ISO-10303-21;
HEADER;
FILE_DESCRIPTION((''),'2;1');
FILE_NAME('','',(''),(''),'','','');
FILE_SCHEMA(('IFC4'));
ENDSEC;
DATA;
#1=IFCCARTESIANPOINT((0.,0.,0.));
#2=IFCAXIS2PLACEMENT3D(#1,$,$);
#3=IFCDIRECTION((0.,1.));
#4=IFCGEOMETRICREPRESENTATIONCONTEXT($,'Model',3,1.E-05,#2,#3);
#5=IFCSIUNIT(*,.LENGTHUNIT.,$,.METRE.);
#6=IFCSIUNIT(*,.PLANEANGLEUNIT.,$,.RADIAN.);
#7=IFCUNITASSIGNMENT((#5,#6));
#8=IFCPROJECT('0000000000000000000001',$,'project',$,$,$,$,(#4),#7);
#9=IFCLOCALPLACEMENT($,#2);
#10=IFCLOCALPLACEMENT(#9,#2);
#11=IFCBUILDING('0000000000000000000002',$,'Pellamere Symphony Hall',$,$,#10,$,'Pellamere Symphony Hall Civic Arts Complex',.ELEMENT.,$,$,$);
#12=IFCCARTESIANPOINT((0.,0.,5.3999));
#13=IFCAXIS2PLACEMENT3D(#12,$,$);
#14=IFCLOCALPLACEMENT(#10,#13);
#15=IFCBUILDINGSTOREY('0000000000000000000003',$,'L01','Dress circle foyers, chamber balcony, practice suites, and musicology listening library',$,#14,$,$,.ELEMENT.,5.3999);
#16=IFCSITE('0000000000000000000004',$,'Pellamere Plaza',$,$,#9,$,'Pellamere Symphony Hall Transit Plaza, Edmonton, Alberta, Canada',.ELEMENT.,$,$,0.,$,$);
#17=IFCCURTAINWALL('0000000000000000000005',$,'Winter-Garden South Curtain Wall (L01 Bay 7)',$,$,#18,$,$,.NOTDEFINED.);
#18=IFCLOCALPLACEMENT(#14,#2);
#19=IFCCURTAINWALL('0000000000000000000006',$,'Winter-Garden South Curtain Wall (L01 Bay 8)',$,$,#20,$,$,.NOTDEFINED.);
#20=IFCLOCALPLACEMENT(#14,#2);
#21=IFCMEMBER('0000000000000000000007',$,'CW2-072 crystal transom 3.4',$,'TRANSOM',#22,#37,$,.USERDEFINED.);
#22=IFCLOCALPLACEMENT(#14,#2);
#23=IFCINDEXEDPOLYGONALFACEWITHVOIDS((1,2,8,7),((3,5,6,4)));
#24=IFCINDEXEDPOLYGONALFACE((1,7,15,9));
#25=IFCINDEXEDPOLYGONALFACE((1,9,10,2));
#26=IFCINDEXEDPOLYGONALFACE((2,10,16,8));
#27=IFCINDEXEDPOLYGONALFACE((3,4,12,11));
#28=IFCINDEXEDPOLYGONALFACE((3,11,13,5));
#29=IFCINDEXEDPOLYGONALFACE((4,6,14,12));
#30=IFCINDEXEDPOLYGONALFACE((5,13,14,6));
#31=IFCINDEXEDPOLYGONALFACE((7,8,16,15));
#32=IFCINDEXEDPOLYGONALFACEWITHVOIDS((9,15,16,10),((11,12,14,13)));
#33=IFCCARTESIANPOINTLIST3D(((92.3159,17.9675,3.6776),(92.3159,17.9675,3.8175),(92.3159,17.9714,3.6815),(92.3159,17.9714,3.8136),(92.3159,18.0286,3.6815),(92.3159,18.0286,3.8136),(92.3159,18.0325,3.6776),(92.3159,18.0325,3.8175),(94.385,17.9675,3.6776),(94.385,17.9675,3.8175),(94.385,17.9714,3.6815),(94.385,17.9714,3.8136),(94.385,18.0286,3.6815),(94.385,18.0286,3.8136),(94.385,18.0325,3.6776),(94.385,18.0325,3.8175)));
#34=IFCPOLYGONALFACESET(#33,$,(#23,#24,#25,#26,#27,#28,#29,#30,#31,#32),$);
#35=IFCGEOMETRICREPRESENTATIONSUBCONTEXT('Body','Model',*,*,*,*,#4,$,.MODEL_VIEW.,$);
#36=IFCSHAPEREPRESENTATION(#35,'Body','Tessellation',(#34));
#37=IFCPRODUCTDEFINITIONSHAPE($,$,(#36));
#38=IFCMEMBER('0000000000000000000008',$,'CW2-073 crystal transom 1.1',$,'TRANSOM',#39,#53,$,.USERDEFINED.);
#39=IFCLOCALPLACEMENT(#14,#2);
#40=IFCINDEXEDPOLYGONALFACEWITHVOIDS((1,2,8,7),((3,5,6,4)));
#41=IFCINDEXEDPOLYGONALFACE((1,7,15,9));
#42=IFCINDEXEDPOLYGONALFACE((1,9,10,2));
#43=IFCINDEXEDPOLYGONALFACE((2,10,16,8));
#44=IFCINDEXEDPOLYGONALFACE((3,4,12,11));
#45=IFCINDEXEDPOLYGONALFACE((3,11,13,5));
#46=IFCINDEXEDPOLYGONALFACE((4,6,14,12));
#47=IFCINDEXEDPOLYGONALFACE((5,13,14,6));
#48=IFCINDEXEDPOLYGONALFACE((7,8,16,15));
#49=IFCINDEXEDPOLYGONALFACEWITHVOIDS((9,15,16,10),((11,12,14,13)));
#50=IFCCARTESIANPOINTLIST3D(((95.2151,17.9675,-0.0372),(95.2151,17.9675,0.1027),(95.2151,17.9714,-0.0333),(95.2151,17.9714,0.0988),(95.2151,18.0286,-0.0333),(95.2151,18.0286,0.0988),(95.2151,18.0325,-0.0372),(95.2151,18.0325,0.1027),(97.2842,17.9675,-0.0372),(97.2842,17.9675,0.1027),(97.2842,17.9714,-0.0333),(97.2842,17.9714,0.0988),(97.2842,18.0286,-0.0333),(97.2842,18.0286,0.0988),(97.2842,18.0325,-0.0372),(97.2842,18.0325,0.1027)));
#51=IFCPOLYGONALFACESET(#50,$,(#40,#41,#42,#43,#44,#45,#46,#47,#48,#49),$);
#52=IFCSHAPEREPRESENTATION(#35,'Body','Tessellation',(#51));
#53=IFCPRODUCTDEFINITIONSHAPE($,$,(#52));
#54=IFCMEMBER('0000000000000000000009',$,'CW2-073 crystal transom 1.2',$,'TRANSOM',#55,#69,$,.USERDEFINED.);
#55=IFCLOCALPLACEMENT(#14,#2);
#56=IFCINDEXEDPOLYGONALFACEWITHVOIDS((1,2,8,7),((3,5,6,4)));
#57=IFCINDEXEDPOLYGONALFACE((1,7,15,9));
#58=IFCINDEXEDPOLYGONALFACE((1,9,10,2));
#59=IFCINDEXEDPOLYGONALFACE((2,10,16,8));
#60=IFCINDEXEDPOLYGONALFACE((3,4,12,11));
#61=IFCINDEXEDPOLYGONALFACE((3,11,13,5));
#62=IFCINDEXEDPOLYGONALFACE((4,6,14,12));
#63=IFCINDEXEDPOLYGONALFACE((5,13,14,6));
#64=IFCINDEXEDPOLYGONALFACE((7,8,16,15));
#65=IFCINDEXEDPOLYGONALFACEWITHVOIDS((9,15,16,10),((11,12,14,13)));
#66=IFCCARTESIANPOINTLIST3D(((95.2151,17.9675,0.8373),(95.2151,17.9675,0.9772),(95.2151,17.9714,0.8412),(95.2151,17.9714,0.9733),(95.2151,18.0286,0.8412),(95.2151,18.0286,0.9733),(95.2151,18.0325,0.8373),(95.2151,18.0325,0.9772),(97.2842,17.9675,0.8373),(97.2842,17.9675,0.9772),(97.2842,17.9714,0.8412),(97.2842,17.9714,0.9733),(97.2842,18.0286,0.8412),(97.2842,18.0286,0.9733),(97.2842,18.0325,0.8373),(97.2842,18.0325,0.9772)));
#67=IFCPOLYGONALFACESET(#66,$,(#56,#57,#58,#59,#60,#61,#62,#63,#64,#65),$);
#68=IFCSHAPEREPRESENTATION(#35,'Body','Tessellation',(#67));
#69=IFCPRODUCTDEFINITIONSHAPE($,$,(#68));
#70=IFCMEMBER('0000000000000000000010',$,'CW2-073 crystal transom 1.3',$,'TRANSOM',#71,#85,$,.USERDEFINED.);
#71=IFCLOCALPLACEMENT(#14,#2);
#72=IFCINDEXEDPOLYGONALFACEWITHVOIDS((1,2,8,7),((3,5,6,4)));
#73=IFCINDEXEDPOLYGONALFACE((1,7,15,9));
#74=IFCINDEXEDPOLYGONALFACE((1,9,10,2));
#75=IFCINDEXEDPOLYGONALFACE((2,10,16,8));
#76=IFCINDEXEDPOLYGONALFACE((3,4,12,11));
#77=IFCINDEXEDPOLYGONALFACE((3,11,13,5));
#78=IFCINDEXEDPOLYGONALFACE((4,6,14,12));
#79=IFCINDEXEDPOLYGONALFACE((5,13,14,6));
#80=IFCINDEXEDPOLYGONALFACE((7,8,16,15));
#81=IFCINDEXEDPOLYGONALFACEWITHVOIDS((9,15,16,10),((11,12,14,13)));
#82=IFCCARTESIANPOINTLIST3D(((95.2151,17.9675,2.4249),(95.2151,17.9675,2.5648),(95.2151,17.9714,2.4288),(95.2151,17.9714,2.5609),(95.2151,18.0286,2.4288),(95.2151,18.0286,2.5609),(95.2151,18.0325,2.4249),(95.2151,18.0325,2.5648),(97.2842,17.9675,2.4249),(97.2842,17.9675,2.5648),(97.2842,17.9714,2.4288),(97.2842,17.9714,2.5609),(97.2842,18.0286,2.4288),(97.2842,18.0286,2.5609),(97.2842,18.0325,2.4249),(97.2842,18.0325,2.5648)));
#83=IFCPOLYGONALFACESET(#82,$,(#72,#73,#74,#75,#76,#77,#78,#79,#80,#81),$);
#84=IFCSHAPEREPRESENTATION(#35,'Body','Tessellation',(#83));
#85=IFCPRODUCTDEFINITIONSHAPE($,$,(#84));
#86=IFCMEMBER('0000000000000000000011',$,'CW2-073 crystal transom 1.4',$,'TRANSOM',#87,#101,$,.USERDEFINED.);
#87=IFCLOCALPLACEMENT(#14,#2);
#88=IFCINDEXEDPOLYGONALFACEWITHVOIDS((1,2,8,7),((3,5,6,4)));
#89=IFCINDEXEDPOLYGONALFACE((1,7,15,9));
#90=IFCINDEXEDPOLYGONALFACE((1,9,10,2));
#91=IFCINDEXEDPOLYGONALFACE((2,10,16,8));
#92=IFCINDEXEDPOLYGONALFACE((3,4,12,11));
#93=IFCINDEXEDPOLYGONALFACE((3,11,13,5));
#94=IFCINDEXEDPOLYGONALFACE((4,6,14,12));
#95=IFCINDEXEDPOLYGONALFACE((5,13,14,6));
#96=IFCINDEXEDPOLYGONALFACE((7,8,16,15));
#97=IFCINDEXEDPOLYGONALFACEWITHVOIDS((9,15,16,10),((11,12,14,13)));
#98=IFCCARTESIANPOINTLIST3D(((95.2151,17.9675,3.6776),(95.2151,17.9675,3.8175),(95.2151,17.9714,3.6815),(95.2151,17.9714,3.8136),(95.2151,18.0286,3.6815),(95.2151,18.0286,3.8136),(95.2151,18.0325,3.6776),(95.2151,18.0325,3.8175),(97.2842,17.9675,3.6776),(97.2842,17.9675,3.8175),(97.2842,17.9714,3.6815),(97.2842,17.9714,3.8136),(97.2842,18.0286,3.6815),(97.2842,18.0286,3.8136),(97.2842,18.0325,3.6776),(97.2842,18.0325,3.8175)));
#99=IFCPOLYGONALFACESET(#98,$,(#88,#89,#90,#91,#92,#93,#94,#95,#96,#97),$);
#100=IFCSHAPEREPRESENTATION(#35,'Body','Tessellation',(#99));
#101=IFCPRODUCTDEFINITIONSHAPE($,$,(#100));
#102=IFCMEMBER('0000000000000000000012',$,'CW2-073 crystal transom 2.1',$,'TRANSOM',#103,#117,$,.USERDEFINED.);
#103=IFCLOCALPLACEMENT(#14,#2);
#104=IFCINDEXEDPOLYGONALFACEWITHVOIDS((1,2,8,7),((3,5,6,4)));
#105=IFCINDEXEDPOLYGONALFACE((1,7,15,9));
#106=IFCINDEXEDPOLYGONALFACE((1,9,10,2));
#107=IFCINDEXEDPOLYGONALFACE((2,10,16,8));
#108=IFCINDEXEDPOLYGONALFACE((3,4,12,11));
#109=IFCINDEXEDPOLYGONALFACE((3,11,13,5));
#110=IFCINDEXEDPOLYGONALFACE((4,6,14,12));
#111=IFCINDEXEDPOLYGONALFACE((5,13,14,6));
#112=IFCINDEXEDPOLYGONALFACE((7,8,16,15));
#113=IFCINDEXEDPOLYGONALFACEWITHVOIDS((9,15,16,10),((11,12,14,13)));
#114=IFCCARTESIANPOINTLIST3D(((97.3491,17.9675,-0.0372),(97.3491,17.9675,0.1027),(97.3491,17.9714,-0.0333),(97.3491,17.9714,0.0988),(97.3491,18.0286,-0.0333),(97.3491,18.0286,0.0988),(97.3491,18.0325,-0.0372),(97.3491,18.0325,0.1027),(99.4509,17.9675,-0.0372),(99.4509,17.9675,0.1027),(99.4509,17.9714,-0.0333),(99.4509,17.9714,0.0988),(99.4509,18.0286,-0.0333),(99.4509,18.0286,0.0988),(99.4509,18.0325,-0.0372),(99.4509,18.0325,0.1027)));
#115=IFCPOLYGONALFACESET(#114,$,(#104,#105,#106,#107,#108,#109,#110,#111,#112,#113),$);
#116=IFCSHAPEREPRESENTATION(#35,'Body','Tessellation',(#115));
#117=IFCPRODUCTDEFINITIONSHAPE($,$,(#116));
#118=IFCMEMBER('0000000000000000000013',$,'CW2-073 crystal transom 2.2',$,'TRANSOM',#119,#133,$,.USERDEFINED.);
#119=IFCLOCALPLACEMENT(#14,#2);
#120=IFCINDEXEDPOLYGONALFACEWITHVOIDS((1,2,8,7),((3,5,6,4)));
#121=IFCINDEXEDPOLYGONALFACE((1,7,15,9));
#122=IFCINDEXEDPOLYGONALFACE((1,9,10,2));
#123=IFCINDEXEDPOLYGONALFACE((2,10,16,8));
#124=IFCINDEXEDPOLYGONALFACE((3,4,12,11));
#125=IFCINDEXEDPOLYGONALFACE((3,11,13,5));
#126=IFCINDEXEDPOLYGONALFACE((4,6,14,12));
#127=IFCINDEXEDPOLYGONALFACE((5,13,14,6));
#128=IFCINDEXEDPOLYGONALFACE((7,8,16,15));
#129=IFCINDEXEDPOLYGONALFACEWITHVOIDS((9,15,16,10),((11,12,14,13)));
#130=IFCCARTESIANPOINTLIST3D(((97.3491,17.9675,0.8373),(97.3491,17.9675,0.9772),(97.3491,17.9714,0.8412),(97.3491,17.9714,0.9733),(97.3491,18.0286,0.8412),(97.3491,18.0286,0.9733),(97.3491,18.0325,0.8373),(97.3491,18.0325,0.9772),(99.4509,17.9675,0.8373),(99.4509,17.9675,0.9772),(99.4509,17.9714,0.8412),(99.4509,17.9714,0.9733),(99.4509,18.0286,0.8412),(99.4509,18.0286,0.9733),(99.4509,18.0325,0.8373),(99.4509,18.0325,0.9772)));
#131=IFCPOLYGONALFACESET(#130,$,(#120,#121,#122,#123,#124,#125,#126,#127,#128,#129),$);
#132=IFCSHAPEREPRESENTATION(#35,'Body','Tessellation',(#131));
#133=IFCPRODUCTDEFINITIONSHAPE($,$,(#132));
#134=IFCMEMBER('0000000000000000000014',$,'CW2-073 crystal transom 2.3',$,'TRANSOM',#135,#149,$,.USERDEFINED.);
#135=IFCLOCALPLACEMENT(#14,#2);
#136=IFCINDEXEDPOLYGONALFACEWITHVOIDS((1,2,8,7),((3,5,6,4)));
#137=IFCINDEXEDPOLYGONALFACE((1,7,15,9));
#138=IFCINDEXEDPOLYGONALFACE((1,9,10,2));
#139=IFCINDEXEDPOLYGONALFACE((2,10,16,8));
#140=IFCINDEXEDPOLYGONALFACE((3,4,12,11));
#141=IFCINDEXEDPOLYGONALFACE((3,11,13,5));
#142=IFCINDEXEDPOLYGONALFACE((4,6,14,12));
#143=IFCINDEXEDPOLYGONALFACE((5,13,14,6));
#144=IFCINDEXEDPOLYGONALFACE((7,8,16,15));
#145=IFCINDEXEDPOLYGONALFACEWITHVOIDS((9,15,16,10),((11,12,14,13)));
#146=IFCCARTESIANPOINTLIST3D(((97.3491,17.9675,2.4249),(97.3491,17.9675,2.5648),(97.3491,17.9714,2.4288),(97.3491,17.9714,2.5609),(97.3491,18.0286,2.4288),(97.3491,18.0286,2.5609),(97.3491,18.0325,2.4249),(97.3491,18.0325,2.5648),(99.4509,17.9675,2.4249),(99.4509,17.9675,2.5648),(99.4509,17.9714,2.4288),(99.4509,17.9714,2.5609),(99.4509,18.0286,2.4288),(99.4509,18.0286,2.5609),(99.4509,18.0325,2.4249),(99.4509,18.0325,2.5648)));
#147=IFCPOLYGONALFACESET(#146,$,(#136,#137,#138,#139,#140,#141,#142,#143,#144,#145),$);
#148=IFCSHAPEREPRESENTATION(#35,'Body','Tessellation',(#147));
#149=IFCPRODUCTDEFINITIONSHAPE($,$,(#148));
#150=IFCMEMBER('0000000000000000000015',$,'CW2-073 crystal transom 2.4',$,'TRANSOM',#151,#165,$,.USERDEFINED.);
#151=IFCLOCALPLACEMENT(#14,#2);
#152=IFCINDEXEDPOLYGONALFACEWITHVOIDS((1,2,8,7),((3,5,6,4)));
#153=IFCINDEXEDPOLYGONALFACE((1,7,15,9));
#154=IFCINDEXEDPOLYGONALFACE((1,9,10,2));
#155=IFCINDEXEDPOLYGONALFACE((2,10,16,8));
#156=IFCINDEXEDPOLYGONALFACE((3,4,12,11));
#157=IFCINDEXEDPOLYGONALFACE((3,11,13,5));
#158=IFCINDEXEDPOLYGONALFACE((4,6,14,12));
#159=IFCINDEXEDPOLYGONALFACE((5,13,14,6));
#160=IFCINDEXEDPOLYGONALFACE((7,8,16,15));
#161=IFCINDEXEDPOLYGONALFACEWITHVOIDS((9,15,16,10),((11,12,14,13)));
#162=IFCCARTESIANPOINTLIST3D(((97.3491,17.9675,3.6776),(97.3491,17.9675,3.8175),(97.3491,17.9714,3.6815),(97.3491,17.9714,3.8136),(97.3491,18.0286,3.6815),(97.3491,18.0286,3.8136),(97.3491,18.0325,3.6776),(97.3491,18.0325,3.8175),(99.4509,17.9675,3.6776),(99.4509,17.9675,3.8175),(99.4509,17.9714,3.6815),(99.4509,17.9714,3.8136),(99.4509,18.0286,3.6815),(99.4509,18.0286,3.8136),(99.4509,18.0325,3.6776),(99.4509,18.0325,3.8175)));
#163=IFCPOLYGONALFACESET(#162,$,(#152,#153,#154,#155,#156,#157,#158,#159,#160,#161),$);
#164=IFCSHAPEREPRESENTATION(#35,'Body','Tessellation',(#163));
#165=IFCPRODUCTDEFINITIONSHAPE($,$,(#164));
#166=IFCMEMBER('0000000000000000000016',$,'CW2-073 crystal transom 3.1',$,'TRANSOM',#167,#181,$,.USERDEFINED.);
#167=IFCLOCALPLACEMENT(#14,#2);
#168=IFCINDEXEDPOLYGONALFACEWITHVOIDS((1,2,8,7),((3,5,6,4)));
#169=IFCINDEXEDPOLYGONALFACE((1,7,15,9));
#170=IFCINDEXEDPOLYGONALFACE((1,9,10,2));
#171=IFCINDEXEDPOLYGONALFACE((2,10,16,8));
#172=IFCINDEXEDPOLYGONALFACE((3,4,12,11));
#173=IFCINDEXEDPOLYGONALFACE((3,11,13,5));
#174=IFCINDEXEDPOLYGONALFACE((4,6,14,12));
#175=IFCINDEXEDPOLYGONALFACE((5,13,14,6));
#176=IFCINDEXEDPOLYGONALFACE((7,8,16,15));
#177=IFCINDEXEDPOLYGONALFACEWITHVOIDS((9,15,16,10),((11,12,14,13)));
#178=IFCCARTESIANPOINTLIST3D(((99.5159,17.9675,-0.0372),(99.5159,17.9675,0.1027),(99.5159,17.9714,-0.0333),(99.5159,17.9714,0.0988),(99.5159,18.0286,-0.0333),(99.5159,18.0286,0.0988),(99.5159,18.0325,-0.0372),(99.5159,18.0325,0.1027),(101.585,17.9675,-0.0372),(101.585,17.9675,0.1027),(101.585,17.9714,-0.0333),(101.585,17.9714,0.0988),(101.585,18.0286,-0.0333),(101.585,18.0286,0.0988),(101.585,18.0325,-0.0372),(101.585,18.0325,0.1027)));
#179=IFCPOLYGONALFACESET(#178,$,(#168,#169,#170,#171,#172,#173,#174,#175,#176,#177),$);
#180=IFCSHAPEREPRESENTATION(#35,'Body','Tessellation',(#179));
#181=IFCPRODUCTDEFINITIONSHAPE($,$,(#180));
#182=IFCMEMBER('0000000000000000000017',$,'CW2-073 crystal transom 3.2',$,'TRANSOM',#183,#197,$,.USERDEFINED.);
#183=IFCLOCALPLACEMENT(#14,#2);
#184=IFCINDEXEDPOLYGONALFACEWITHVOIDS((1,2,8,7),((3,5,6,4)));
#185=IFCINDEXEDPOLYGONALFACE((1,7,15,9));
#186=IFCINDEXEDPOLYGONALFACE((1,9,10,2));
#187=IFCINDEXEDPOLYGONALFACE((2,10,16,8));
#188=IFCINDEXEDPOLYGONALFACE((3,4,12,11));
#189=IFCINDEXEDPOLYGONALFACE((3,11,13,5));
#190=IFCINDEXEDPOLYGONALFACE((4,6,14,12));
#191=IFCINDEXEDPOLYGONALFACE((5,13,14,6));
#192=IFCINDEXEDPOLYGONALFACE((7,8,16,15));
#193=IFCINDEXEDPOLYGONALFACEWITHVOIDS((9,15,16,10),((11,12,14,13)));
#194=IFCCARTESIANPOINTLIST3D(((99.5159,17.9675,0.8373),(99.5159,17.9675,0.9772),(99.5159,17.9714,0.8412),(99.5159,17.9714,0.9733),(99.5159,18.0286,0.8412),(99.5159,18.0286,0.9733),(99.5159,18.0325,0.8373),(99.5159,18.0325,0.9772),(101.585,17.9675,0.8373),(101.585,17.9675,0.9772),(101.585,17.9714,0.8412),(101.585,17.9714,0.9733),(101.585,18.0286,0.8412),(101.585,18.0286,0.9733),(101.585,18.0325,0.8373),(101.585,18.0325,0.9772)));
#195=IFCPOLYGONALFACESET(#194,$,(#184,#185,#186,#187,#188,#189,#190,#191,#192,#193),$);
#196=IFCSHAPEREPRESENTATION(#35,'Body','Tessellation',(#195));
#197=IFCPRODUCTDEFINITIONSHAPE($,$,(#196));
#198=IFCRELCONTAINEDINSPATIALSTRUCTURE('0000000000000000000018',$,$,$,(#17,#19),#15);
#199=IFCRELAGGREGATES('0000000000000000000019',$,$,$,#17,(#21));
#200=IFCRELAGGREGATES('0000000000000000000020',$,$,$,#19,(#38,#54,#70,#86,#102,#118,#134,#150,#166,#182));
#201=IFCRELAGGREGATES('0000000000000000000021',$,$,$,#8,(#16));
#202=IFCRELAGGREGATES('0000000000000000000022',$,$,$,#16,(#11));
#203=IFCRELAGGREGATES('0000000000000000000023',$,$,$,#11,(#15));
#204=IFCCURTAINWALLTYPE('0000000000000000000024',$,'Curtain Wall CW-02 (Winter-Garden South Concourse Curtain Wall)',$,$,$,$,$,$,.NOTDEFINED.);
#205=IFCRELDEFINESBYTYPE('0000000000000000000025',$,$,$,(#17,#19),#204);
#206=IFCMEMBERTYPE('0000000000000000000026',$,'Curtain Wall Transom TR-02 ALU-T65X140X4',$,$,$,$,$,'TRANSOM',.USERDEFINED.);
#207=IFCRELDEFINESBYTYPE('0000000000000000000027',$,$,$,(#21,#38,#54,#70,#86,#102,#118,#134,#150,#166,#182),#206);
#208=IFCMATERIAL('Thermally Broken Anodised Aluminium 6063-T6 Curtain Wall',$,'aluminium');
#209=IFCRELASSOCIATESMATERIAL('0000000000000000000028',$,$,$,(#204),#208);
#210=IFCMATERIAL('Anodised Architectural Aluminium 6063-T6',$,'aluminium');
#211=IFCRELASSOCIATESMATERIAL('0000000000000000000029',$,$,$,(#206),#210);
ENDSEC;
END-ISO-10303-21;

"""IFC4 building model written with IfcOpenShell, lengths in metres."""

from ifc_helpers import new_model, si_unit, direction, frame, origin, origin_2d, place, context, subcontext, project, spatial, hollow_rectangle, extrude, material, material_profile, profile_set, type_object, element, aggregate, save


model = new_model("IFC4")

# Units and contexts
model_context = context("Model", 3, precision=1e-05, world=origin(), true_north=direction((0.0, 1.0)))
body_context = subcontext(model_context, "Body", "Model", "MODEL_VIEW")
ifc_project = project(units=[si_unit("LENGTHUNIT", "METRE"), si_unit("PLANEANGLEUNIT", "RADIAN")], contexts=[model_context])

# Site, building, storey
site_placement = place(None, origin())
site = spatial("IfcSite", under=ifc_project, at=site_placement, Name="Pellamere Plaza", LongName="Pellamere Symphony Hall Transit Plaza, Edmonton, Alberta, Canada", CompositionType="ELEMENT", RefElevation=0.0)
building_placement = place(site_placement, origin())
building = spatial("IfcBuilding", under=site, at=building_placement, Name="Pellamere Symphony Hall", LongName="Pellamere Symphony Hall Civic Arts Complex", CompositionType="ELEMENT")
storey_placement = place(building_placement, frame((0.0, 0.0, 5.3999)))
storey = spatial("IfcBuildingStorey", under=building, at=storey_placement, Name="L01", Description="Dress circle foyers, chamber balcony, practice suites, and musicology listening library", CompositionType="ELEMENT", Elevation=5.3999)

# Curtain walls
ifc_material_1 = material(Name="Thermally Broken Anodised Aluminium 6063-T6 Curtain Wall", Category="aluminium")
curtain_wall_type = type_object("IfcCurtainWallType", Name="Curtain Wall CW-02 (Winter-Garden South Concourse Curtain Wall)", PredefinedType="NOTDEFINED", material=ifc_material_1)
curtain_wall_1_placement = place(storey_placement, origin())
curtain_wall_1 = element("IfcCurtainWall", 1, at=curtain_wall_1_placement, inside=storey, type_object=curtain_wall_type, Name="Winter-Garden South Curtain Wall (L01 Bay 7)", PredefinedType="NOTDEFINED")
ifc_material_2 = material(Name="Anodised Architectural Aluminium 6063-T6", Category="aluminium")
curtain_wall_2_placement = place(storey_placement, origin())
curtain_wall_2 = element("IfcCurtainWall", 2, at=curtain_wall_2_placement, inside=storey, type_object=curtain_wall_type, Name="Winter-Garden South Curtain Wall (L01 Bay 8)", PredefinedType="NOTDEFINED")

# Members
ifc_material_profile_1 = material_profile(ifc_material_2, hollow_rectangle(XDim=0.0649, YDim=0.1399, WallThickness=0.0039, at=origin_2d()), Name="ALU-T65X140X4")
ifc_profile_set_1 = profile_set([ifc_material_profile_1], Name="Anodised Architectural Aluminium 6063-T6")
member_type_1 = type_object("IfcMemberType", Name="Curtain Wall Transom TR-02 ALU-T65X140X4", ElementType="TRANSOM", PredefinedType="USERDEFINED", material=ifc_profile_set_1)
member_1_placement = place(storey_placement, frame((92.3159, 18.0, 3.7476), z_axis=(1.0, 0.0, 0.0), x_axis=(0.0, 1.0, 0.0)))
member_1 = element("IfcMember", 3, at=member_1_placement, type_object=member_type_1, Name="CW2-072 crystal transom 3.4", ObjectType="TRANSOM", PredefinedType="USERDEFINED", context=body_context, shape_type="SweptSolid", body=[
    extrude(hollow_rectangle(XDim=0.0649, YDim=0.1399, WallThickness=0.0039, at=origin_2d()), origin(), (0.0, 0.0, 1.0), 2.0691),
])
member_2_placement = place(storey_placement, frame((95.2151, 18.0, 0.0327), z_axis=(1.0, 0.0, 0.0), x_axis=(0.0, 1.0, 0.0)))
member_2 = element("IfcMember", 4, at=member_2_placement, type_object=member_type_1, Name="CW2-073 crystal transom 1.1", ObjectType="TRANSOM", PredefinedType="USERDEFINED", context=body_context, shape_type="SweptSolid", body=[
    extrude(hollow_rectangle(XDim=0.0649, YDim=0.1399, WallThickness=0.0039, at=origin_2d()), origin(), (0.0, 0.0, 1.0), 2.0691),
])
member_3_placement = place(storey_placement, frame((95.2151, 18.0, 0.9072), z_axis=(1.0, 0.0, 0.0), x_axis=(0.0, 1.0, 0.0)))
member_3 = element("IfcMember", 5, at=member_3_placement, type_object=member_type_1, Name="CW2-073 crystal transom 1.2", ObjectType="TRANSOM", PredefinedType="USERDEFINED", context=body_context, shape_type="SweptSolid", body=[
    extrude(hollow_rectangle(XDim=0.0649, YDim=0.1399, WallThickness=0.0039, at=origin_2d()), origin(), (0.0, 0.0, 1.0), 2.0691),
])
member_4_placement = place(storey_placement, frame((95.2151, 18.0, 2.4949), z_axis=(1.0, 0.0, 0.0), x_axis=(0.0, 1.0, 0.0)))
member_4 = element("IfcMember", 6, at=member_4_placement, type_object=member_type_1, Name="CW2-073 crystal transom 1.3", ObjectType="TRANSOM", PredefinedType="USERDEFINED", context=body_context, shape_type="SweptSolid", body=[
    extrude(hollow_rectangle(XDim=0.0649, YDim=0.1399, WallThickness=0.0039, at=origin_2d()), origin(), (0.0, 0.0, 1.0), 2.0691),
])
member_5_placement = place(storey_placement, frame((95.2151, 18.0, 3.7476), z_axis=(1.0, 0.0, 0.0), x_axis=(0.0, 1.0, 0.0)))
member_5 = element("IfcMember", 7, at=member_5_placement, type_object=member_type_1, Name="CW2-073 crystal transom 1.4", ObjectType="TRANSOM", PredefinedType="USERDEFINED", context=body_context, shape_type="SweptSolid", body=[
    extrude(hollow_rectangle(XDim=0.0649, YDim=0.1399, WallThickness=0.0039, at=origin_2d()), origin(), (0.0, 0.0, 1.0), 2.0691),
])
member_6_placement = place(storey_placement, frame((97.3491, 18.0, 0.0327), z_axis=(1.0, 0.0, 0.0), x_axis=(0.0, 1.0, 0.0)))
member_6 = element("IfcMember", 8, at=member_6_placement, type_object=member_type_1, Name="CW2-073 crystal transom 2.1", ObjectType="TRANSOM", PredefinedType="USERDEFINED", context=body_context, shape_type="SweptSolid", body=[
    extrude(hollow_rectangle(XDim=0.0649, YDim=0.1399, WallThickness=0.0039, at=origin_2d()), origin(), (0.0, 0.0, 1.0), 2.1018),
])
member_7_placement = place(storey_placement, frame((97.3491, 18.0, 0.9072), z_axis=(1.0, 0.0, 0.0), x_axis=(0.0, 1.0, 0.0)))
member_7 = element("IfcMember", 9, at=member_7_placement, type_object=member_type_1, Name="CW2-073 crystal transom 2.2", ObjectType="TRANSOM", PredefinedType="USERDEFINED", context=body_context, shape_type="SweptSolid", body=[
    extrude(hollow_rectangle(XDim=0.0649, YDim=0.1399, WallThickness=0.0039, at=origin_2d()), origin(), (0.0, 0.0, 1.0), 2.1018),
])
member_8_placement = place(storey_placement, frame((97.3491, 18.0, 2.4949), z_axis=(1.0, 0.0, 0.0), x_axis=(0.0, 1.0, 0.0)))
member_8 = element("IfcMember", 10, at=member_8_placement, type_object=member_type_1, Name="CW2-073 crystal transom 2.3", ObjectType="TRANSOM", PredefinedType="USERDEFINED", context=body_context, shape_type="SweptSolid", body=[
    extrude(hollow_rectangle(XDim=0.0649, YDim=0.1399, WallThickness=0.0039, at=origin_2d()), origin(), (0.0, 0.0, 1.0), 2.1018),
])
member_9_placement = place(storey_placement, frame((97.3491, 18.0, 3.7476), z_axis=(1.0, 0.0, 0.0), x_axis=(0.0, 1.0, 0.0)))
member_9 = element("IfcMember", 11, at=member_9_placement, type_object=member_type_1, Name="CW2-073 crystal transom 2.4", ObjectType="TRANSOM", PredefinedType="USERDEFINED", context=body_context, shape_type="SweptSolid", body=[
    extrude(hollow_rectangle(XDim=0.0649, YDim=0.1399, WallThickness=0.0039, at=origin_2d()), origin(), (0.0, 0.0, 1.0), 2.1018),
])
member_10_placement = place(storey_placement, frame((99.5159, 18.0, 0.0327), z_axis=(1.0, 0.0, 0.0), x_axis=(0.0, 1.0, 0.0)))
member_10 = element("IfcMember", 12, at=member_10_placement, type_object=member_type_1, Name="CW2-073 crystal transom 3.1", ObjectType="TRANSOM", PredefinedType="USERDEFINED", context=body_context, shape_type="SweptSolid", body=[
    extrude(hollow_rectangle(XDim=0.0649, YDim=0.1399, WallThickness=0.0039, at=origin_2d()), origin(), (0.0, 0.0, 1.0), 2.0691),
])
member_11_placement = place(storey_placement, frame((99.5159, 18.0, 0.9072), z_axis=(1.0, 0.0, 0.0), x_axis=(0.0, 1.0, 0.0)))
member_11 = element("IfcMember", 13, at=member_11_placement, type_object=member_type_1, Name="CW2-073 crystal transom 3.2", ObjectType="TRANSOM", PredefinedType="USERDEFINED", context=body_context, shape_type="SweptSolid", body=[
    extrude(hollow_rectangle(XDim=0.0649, YDim=0.1399, WallThickness=0.0039, at=origin_2d()), origin(), (0.0, 0.0, 1.0), 2.0691),
])

aggregate(curtain_wall_1, [member_1])
aggregate(curtain_wall_2, [member_2, member_3, member_4, member_5, member_6, member_7, member_8, member_9, member_10, member_11])

save(model, "model.ifc")
